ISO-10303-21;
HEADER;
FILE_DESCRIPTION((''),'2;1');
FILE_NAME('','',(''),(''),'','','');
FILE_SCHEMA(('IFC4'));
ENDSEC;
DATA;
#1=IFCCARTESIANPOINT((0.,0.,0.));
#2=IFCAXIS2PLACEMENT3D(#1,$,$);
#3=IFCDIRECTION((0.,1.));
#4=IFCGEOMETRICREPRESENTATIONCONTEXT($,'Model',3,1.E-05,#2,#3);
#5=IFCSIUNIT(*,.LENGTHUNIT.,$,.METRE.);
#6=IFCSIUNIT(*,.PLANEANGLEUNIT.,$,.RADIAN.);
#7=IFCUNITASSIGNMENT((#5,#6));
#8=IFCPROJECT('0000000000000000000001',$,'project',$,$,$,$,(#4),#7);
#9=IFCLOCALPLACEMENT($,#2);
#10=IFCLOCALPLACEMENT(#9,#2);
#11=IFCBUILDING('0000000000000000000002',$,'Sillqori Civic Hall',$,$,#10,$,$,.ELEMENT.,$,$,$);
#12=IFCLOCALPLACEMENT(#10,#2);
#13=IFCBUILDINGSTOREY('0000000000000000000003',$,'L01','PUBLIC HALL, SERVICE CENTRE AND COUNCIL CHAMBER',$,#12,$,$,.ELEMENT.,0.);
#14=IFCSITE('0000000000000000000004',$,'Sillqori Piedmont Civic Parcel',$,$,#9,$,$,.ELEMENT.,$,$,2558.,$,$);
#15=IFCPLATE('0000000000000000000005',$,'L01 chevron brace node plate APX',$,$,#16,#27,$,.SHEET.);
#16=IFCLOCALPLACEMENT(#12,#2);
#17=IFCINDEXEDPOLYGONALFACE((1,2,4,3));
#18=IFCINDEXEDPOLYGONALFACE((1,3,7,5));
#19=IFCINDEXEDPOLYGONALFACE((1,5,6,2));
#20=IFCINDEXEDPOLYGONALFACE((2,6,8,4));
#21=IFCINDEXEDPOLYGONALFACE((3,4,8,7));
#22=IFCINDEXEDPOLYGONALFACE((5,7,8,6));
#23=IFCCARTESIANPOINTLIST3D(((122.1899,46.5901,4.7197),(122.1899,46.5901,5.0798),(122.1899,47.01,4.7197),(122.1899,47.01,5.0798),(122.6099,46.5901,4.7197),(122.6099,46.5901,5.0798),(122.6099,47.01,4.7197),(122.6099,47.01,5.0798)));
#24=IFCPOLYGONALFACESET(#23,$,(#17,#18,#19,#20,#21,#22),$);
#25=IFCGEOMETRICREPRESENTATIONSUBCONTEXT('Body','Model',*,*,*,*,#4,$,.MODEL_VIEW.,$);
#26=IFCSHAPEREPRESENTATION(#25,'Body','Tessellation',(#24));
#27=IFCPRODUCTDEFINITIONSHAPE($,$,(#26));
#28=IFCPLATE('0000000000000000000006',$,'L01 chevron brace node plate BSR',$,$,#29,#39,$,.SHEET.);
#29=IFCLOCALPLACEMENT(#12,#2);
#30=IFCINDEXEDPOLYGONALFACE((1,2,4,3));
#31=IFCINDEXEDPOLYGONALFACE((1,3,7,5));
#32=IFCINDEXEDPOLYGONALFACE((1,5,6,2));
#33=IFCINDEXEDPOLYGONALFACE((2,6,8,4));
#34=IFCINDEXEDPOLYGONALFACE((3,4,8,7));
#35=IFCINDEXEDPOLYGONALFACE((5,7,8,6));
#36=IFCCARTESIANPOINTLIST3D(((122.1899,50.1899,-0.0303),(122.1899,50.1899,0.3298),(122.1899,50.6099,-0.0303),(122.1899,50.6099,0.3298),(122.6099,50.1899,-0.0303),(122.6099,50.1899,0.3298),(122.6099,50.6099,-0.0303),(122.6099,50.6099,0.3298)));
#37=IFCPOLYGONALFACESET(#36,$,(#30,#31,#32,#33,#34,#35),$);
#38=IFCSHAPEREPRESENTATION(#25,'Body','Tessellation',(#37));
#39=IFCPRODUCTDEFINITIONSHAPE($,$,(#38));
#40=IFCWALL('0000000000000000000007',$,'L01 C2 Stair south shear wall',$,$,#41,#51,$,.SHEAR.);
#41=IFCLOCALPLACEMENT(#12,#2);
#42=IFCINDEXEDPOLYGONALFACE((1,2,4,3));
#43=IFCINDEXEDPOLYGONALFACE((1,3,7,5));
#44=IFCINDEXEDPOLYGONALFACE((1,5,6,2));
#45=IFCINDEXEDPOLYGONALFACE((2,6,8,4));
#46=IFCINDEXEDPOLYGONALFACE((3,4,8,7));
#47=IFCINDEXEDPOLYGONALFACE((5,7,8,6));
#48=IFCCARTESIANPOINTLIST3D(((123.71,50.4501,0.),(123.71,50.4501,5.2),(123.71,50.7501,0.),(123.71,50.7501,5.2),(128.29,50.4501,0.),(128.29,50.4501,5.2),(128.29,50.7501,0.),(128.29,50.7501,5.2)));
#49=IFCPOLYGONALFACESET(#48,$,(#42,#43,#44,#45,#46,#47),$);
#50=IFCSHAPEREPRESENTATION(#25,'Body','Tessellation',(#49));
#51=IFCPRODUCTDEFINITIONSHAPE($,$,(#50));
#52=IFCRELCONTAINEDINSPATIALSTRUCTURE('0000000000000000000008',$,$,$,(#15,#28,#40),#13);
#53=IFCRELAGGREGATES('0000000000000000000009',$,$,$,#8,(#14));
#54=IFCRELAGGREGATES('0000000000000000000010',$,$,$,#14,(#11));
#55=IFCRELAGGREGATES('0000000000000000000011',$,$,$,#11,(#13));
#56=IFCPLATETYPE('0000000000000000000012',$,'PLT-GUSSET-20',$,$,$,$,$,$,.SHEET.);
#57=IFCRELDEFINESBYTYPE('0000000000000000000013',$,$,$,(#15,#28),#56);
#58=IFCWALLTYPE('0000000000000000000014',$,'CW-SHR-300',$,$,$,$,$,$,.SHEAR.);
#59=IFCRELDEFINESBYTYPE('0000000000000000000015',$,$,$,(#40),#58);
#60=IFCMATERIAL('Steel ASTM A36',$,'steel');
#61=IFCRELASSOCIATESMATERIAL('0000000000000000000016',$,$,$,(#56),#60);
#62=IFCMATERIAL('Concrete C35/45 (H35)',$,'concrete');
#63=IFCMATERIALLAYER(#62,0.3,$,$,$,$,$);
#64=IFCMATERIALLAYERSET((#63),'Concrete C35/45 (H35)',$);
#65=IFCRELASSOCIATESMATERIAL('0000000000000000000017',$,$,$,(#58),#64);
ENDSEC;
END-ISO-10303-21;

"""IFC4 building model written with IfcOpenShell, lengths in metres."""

from ifc_helpers import new_model, si_unit, direction, frame, frame_2d, origin, origin_2d, place, context, subcontext, project, spatial, rectangle, extrude, material, layer, layer_set, type_object, element, save


model = new_model("IFC4")

# Units and contexts
model_context = context("Model", 3, precision=1e-05, world=origin(), true_north=direction((0.0, 1.0)))
body_context = subcontext(model_context, "Body", "Model", "MODEL_VIEW")
ifc_project = project(units=[si_unit("LENGTHUNIT", "METRE"), si_unit("PLANEANGLEUNIT", "RADIAN")], contexts=[model_context])

# Site, building, storey
site_placement = place(None, origin())
site = spatial("IfcSite", under=ifc_project, at=site_placement, Name="Sillqori Piedmont Civic Parcel", CompositionType="ELEMENT", RefElevation=2558.0)
building_placement = place(site_placement, origin())
building = spatial("IfcBuilding", under=site, at=building_placement, Name="Sillqori Civic Hall", CompositionType="ELEMENT")
storey_placement = place(building_placement, origin())
storey = spatial("IfcBuildingStorey", under=building, at=storey_placement, Name="L01", Description="PUBLIC HALL, SERVICE CENTRE AND COUNCIL CHAMBER", CompositionType="ELEMENT", Elevation=0.0)

# Shared definitions
ifc_material_1 = material(Name="Concrete C35/45 (H35)", Category="concrete")

# Plates
ifc_material_2 = material(Name="Steel ASTM A36", Category="steel")
plate_type_1 = type_object("IfcPlateType", Name="PLT-GUSSET-20", PredefinedType="SHEET", material=ifc_material_2)
for number, where, z_axis, x_axis, name in (
    (1, (122.3999, 46.8, 4.7197), (0.0, 0.0, 1.0), (1.0, 0.0, 0.0), "L01 chevron brace node plate APX"),
    (2, (122.3999, 50.3999, -0.0303), (0.0, 0.0, 1.0), (1.0, 0.0, 0.0), "L01 chevron brace node plate BSR"),
):
    element("IfcPlate", number, at=place(storey_placement, frame(where, z_axis=z_axis, x_axis=x_axis)), inside=storey, type_object=plate_type_1, Name=name, PredefinedType="SHEET", context=body_context, shape_type="SweptSolid", body=[
        extrude(rectangle(XDim=0.4199, YDim=0.4199, at=origin_2d()), origin(), (0.0, 0.0, 1.0), 0.3601),
    ])

# Wall
ifc_layer_1 = layer(ifc_material_1, 0.3)
ifc_layer_set_1 = layer_set([ifc_layer_1], Name="Concrete C35/45 (H35)")
wall_type = type_object("IfcWallType", Name="CW-SHR-300", PredefinedType="SHEAR", material=ifc_layer_set_1)
wall_placement = place(storey_placement, frame((123.71, 50.6001, 0.0), z_axis=(0.0, 0.0, 1.0), x_axis=(1.0, 0.0, 0.0)))
element("IfcWall", 3, at=wall_placement, inside=storey, type_object=wall_type, Name="L01 C2 Stair south shear wall", PredefinedType="SHEAR", context=body_context, shape_type="SweptSolid", body=[
    extrude(rectangle(XDim=4.5801, YDim=0.3, at=frame_2d((2.29, 0.0))), origin(), (0.0, 0.0, 1.0), 5.2),
])

save(model, "model.ifc")
